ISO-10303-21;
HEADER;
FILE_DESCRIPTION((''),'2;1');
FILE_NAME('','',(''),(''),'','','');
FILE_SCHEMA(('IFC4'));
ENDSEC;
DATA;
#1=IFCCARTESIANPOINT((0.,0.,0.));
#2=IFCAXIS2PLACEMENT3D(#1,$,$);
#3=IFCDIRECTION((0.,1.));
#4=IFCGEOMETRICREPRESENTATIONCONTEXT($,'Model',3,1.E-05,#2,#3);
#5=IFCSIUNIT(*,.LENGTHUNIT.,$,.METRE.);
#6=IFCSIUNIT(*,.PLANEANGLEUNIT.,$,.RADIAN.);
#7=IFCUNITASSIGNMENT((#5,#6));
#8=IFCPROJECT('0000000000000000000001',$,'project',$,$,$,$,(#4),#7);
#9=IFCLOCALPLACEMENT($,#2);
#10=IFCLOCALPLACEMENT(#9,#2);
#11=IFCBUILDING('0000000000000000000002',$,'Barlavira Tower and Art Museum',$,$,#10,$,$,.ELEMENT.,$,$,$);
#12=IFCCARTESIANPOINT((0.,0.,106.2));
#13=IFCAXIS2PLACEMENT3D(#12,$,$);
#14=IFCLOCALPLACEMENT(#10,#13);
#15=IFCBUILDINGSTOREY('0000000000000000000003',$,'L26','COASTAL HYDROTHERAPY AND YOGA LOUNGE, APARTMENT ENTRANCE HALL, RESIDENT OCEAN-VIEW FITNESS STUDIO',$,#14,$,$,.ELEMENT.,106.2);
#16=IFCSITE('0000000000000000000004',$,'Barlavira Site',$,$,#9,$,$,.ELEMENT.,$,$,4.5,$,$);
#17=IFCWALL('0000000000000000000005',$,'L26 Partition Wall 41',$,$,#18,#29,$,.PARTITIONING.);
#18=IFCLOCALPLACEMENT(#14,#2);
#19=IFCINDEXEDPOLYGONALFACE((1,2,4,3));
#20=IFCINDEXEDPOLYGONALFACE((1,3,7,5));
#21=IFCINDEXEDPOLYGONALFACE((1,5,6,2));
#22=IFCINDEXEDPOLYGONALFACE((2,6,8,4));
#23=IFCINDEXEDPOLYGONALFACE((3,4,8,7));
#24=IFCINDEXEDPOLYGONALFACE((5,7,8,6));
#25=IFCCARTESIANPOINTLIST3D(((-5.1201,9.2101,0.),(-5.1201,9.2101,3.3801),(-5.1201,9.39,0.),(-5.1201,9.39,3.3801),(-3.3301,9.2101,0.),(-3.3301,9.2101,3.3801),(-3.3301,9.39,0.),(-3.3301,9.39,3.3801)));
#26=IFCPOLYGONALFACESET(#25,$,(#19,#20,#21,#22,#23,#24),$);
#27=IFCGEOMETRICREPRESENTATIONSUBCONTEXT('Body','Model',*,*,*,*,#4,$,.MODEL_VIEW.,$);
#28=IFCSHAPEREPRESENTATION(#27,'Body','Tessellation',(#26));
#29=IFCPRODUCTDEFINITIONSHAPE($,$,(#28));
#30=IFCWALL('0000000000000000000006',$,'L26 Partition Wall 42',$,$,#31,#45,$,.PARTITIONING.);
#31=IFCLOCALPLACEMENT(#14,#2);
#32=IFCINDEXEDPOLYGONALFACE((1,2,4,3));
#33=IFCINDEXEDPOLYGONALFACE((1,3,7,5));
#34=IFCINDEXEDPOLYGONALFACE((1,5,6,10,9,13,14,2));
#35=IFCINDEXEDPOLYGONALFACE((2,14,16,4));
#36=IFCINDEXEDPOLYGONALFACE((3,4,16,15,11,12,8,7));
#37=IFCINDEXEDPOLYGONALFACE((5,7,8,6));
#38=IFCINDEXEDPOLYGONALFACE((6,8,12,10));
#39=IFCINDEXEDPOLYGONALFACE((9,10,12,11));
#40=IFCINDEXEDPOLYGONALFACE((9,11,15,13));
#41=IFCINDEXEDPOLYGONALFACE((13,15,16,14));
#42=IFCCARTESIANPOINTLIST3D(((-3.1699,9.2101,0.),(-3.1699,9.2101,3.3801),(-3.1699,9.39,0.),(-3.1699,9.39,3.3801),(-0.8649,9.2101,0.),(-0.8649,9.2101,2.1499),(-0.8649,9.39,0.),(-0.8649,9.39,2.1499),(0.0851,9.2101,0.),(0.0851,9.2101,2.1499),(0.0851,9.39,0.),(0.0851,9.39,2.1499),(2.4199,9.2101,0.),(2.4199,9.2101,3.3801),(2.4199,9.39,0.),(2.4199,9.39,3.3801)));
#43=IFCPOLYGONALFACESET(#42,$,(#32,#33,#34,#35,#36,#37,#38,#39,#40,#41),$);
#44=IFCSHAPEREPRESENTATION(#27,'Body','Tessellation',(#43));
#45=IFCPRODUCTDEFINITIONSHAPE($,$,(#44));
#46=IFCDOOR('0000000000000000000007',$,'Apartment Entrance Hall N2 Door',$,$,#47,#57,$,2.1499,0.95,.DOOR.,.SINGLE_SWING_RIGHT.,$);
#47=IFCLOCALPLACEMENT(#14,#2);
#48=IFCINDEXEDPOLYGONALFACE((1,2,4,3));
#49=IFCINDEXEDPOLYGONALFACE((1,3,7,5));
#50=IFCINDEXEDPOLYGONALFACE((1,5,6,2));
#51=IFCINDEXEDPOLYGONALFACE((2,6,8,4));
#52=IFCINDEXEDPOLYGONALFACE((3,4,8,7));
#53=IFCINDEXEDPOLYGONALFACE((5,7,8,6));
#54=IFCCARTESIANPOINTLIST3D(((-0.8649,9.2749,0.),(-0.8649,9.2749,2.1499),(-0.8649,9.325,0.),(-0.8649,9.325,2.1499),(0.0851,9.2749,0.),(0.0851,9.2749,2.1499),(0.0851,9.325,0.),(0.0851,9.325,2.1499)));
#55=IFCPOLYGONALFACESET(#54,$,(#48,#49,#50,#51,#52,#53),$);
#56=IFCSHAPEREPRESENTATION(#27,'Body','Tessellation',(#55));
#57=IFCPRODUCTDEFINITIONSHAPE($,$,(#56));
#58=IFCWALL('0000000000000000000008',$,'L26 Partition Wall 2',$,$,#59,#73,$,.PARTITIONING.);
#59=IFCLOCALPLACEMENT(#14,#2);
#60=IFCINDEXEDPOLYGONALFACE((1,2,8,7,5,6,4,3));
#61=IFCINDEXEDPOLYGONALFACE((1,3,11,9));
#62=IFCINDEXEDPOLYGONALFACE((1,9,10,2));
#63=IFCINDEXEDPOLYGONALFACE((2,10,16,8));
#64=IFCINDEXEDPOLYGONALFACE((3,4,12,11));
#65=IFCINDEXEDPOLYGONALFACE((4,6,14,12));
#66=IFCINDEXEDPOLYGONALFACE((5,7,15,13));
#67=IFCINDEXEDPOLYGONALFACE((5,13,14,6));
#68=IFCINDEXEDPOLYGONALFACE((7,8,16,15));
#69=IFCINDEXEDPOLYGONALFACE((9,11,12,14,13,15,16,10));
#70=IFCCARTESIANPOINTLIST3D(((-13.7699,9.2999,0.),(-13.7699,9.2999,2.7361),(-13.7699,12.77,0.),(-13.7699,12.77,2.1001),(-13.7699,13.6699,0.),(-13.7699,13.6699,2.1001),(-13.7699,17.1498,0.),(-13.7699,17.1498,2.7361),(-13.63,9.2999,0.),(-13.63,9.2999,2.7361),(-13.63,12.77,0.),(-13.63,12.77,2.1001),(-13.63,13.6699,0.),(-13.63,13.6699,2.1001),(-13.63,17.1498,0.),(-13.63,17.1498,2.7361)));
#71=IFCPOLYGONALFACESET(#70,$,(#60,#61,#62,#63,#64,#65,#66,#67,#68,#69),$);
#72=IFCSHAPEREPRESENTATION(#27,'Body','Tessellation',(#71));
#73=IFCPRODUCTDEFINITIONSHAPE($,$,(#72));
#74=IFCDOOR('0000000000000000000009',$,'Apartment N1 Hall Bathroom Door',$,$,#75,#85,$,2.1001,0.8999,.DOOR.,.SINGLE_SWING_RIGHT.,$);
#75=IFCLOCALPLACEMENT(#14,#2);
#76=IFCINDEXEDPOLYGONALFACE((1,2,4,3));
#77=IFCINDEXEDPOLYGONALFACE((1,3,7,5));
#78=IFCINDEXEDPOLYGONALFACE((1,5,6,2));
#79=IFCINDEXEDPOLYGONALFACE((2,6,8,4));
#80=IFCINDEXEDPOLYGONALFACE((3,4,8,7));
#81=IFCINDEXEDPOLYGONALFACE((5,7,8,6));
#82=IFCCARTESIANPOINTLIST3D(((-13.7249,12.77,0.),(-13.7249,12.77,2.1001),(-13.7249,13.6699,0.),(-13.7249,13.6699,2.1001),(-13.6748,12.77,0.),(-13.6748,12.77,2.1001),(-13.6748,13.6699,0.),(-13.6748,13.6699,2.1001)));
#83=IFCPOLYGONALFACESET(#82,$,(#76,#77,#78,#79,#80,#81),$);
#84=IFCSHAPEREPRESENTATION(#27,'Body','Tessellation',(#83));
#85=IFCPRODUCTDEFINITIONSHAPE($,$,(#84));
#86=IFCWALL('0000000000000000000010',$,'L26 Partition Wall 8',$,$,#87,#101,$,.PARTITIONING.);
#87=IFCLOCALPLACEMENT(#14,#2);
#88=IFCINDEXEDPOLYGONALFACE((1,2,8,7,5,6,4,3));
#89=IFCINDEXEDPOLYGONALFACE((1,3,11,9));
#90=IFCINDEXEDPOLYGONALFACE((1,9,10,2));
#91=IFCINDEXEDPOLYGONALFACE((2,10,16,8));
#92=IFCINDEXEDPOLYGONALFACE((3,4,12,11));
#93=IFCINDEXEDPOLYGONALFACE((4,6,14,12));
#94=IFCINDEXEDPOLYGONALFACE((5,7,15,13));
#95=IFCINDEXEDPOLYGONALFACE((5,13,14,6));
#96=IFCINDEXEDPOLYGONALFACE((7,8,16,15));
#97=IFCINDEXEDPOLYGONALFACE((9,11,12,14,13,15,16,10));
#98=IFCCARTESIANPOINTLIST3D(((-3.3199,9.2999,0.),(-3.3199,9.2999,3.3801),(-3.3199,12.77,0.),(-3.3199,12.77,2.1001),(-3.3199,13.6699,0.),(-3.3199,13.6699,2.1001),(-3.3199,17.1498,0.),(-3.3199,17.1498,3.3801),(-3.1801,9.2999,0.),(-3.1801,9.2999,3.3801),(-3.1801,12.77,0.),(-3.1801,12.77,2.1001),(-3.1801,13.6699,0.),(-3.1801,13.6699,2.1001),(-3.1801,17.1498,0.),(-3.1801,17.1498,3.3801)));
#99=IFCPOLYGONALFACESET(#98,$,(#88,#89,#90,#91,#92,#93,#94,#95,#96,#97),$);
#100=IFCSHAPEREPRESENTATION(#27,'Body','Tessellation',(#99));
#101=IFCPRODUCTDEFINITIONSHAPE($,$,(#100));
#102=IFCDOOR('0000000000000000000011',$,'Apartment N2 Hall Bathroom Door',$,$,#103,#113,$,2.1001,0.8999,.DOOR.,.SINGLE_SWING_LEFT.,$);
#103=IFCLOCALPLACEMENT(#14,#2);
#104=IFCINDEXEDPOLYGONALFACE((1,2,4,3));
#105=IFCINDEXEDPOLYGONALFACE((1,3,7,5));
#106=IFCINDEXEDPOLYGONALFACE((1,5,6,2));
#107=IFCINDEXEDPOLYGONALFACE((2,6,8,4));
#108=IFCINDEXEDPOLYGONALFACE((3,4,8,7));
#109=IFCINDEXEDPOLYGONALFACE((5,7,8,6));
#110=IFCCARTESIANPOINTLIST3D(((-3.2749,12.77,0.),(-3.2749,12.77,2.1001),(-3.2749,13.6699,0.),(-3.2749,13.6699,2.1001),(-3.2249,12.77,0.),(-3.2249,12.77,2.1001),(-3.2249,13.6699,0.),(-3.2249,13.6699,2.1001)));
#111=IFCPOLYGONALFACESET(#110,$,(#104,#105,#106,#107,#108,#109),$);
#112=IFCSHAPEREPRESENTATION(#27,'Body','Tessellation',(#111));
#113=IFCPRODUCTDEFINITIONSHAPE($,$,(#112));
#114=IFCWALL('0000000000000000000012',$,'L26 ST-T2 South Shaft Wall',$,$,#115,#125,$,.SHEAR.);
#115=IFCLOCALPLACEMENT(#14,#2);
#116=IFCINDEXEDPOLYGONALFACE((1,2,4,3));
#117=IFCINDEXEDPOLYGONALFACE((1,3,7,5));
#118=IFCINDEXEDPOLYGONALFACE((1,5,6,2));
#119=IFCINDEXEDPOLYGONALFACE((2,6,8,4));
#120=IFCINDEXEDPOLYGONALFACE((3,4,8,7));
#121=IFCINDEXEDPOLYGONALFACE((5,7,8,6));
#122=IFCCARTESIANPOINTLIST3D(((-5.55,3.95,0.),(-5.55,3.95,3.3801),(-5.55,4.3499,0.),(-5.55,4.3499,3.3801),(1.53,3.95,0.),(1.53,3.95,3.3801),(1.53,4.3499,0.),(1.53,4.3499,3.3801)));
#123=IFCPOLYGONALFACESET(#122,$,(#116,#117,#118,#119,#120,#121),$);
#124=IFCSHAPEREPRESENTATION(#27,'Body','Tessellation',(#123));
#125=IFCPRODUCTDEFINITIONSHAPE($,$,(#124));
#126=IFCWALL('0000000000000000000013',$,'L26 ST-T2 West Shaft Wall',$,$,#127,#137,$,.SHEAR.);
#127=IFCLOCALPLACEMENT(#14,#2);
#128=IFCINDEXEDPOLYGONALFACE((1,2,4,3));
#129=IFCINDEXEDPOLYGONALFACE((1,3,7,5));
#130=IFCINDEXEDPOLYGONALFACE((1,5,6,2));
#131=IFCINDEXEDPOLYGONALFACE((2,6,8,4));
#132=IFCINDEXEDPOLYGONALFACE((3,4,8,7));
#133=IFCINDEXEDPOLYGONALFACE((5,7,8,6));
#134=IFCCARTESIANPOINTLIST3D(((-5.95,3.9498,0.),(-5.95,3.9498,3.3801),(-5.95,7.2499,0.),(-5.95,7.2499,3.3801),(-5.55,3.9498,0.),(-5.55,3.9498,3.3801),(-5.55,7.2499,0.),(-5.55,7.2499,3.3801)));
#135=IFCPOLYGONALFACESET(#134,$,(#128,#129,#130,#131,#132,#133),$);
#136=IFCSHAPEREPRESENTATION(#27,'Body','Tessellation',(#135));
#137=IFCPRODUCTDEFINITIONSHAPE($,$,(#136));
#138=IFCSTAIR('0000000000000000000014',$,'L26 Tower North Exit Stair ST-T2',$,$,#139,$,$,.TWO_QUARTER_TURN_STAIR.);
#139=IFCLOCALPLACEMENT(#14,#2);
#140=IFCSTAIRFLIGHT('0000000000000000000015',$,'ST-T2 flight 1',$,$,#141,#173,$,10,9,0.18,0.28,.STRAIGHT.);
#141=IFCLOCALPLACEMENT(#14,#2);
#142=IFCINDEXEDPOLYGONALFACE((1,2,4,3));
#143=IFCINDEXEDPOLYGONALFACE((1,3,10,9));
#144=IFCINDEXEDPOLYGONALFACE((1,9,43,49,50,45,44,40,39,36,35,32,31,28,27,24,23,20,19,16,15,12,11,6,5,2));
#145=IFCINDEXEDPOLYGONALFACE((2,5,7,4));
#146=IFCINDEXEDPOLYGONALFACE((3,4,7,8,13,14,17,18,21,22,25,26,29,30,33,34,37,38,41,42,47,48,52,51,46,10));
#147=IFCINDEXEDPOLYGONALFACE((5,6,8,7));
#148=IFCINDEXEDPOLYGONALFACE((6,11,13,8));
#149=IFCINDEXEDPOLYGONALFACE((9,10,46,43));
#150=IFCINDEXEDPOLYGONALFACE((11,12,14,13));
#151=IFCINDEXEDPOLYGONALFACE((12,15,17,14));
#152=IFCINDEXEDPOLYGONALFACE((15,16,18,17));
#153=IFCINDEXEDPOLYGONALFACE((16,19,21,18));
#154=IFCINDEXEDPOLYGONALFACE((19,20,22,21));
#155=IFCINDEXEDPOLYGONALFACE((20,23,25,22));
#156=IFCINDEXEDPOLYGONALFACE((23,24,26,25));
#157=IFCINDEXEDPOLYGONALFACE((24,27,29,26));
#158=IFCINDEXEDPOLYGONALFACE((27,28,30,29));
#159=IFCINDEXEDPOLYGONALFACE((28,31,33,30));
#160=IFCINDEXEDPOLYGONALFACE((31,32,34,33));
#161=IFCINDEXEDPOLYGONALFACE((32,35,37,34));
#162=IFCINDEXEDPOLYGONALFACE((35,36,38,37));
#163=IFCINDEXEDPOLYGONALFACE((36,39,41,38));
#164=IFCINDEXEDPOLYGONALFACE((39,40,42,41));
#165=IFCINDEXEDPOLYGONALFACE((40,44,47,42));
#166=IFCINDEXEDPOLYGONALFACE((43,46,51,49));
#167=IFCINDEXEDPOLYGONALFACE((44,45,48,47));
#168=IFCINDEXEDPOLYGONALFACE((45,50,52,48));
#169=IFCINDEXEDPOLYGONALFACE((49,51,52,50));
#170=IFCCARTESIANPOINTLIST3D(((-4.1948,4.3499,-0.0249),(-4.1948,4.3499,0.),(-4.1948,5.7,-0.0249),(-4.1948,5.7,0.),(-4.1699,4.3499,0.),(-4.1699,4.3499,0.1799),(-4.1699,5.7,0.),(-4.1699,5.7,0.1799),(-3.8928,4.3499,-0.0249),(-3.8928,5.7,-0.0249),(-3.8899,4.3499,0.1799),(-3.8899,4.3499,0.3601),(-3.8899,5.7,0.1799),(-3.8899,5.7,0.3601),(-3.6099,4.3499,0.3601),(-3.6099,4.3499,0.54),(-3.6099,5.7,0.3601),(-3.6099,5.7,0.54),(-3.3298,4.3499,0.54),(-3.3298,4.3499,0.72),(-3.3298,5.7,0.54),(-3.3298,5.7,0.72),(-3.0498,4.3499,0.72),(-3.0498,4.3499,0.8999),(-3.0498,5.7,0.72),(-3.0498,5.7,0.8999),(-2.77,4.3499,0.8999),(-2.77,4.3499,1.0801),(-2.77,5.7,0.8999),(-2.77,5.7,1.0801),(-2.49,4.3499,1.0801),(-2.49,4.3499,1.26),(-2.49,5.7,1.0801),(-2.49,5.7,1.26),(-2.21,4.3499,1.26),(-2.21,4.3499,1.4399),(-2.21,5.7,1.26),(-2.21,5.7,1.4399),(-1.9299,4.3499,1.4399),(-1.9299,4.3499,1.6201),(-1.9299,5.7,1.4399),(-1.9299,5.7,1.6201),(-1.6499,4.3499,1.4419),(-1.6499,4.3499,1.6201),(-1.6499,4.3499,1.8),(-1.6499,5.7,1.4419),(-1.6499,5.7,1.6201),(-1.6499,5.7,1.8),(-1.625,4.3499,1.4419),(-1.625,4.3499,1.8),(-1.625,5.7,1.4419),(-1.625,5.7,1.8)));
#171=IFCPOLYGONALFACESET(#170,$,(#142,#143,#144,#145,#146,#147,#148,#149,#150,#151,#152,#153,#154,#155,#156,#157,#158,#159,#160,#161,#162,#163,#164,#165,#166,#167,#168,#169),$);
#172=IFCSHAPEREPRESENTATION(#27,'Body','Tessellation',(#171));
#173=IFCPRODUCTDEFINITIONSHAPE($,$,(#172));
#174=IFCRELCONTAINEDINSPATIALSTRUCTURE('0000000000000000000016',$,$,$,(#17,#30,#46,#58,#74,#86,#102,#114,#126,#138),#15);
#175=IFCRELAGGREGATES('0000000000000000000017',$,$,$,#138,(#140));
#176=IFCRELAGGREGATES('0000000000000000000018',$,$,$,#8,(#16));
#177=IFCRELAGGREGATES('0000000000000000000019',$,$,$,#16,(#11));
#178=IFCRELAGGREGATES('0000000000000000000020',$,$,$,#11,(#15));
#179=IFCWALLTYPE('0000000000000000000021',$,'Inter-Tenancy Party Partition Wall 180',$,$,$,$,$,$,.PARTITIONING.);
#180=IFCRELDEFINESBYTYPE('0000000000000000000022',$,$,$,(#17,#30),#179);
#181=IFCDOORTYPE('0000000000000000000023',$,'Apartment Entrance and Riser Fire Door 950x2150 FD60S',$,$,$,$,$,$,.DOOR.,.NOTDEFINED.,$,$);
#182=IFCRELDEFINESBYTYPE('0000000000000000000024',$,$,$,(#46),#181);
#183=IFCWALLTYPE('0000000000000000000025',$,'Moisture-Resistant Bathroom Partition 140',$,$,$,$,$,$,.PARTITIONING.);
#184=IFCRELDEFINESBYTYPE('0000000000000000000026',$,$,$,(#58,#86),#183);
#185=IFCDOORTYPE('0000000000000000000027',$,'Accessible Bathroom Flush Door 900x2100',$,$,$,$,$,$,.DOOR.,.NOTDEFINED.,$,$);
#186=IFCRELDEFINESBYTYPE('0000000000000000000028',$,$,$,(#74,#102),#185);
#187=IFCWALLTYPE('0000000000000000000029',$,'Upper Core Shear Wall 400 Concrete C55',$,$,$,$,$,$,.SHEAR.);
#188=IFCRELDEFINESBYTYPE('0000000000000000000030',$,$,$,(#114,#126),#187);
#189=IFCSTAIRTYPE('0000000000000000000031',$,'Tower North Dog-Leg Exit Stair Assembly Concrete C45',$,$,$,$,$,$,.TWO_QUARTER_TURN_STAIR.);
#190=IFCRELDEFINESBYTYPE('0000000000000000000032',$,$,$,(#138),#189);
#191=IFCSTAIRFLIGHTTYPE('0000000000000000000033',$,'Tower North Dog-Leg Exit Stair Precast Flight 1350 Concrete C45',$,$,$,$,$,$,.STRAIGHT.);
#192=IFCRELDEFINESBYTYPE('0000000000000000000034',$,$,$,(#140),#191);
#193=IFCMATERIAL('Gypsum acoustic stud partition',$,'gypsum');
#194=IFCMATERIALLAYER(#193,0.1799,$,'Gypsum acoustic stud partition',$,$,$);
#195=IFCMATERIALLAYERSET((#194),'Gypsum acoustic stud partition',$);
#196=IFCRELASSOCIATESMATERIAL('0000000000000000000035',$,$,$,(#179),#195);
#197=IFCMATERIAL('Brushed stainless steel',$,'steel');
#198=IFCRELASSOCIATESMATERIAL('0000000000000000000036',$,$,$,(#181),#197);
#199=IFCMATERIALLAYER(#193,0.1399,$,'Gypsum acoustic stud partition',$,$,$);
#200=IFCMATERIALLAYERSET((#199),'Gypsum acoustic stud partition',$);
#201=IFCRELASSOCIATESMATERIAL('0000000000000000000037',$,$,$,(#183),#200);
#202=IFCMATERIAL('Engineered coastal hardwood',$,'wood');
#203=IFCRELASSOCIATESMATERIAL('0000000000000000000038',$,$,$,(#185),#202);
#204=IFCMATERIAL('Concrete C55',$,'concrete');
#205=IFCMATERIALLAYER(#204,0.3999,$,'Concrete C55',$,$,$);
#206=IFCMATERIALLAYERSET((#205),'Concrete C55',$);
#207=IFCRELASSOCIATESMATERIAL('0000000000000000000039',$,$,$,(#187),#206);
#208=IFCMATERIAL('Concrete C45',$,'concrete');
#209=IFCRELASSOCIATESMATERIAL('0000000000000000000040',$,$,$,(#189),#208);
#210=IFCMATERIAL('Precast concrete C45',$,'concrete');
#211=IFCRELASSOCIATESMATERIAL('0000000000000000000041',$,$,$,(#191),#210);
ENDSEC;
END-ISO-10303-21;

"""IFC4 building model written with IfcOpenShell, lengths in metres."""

from ifc_helpers import new_model, si_unit, direction, frame, frame_2d, origin, place, context, subcontext, project, spatial, polyline, rectangle, outline, extrude, material, layer, layer_set, type_object, element, fill, aggregate, save


model = new_model("IFC4")

# Units and contexts
model_context = context("Model", 3, precision=1e-05, world=origin(), true_north=direction((0.0, 1.0)))
body_context = subcontext(model_context, "Body", "Model", "MODEL_VIEW")
ifc_project = project(units=[si_unit("LENGTHUNIT", "METRE"), si_unit("PLANEANGLEUNIT", "RADIAN")], contexts=[model_context])

# Site, building, storey
site_placement = place(None, origin())
site = spatial("IfcSite", under=ifc_project, at=site_placement, Name="Barlavira Site", CompositionType="ELEMENT", RefElevation=4.5)
building_placement = place(site_placement, origin())
building = spatial("IfcBuilding", under=site, at=building_placement, Name="Barlavira Tower and Art Museum", CompositionType="ELEMENT")
storey_placement = place(building_placement, frame((0.0, 0.0, 106.2)))
storey = spatial("IfcBuildingStorey", under=building, at=storey_placement, Name="L26", Description="COASTAL HYDROTHERAPY AND YOGA LOUNGE, APARTMENT ENTRANCE HALL, RESIDENT OCEAN-VIEW FITNESS STUDIO", CompositionType="ELEMENT", Elevation=106.2)

# Shared definitions
ifc_material_1 = material(Name="Gypsum acoustic stud partition", Category="gypsum")
ifc_material_2 = material(Name="Engineered coastal hardwood", Category="wood")
ifc_material_3 = material(Name="Brushed stainless steel", Category="steel")

# Shared definitions
ifc_layer_1 = layer(ifc_material_1, 0.1799, Name="Gypsum acoustic stud partition")
ifc_layer_set_1 = layer_set([ifc_layer_1], Name="Gypsum acoustic stud partition")
wall_type_1 = type_object("IfcWallType", Name="Inter-Tenancy Party Partition Wall 180", PredefinedType="PARTITIONING", material=ifc_layer_set_1)

# Shared definitions
door_type_1 = type_object("IfcDoorType", Name="Apartment Entrance and Riser Fire Door 950x2150 FD60S", OperationType="NOTDEFINED", PredefinedType="DOOR", material=ifc_material_3)

# Wall
wall_1_placement = place(storey_placement, frame((-5.1201, 9.3, 0.0), z_axis=(0.0, 0.0, 1.0), x_axis=(1.0, 0.0, 0.0)))
element("IfcWall", 1, at=wall_1_placement, inside=storey, type_object=wall_type_1, Name="L26 Partition Wall 41", PredefinedType="PARTITIONING", context=body_context, shape_type="SweptSolid", body=[
    extrude(rectangle(XDim=1.79, YDim=0.1799, at=frame_2d((0.895, 0.0))), origin(), (0.0, 0.0, 1.0), 3.3801),
])

# Walls, openings, doors
wall_2_placement = place(storey_placement, frame((-3.1699, 9.3, 0.0), z_axis=(0.0, 0.0, 1.0), x_axis=(1.0, 0.0, 0.0)))
wall_2 = element("IfcWall", 2, at=wall_2_placement, inside=storey, type_object=wall_type_1, Name="L26 Partition Wall 42", PredefinedType="PARTITIONING", context=body_context, shape_type="SweptSolid", body=[
    extrude(rectangle(XDim=5.5898, YDim=0.1799, at=frame_2d((2.7949, 0.0))), origin(), (0.0, 0.0, 1.0), 3.3801),
])
opening_1_placement = place(wall_2_placement, frame((2.3049, 0.0, 0.0)))
opening_1 = element("IfcOpeningElement", 3, at=opening_1_placement, cuts=wall_2, PredefinedType="OPENING", context=body_context, shape_type="SweptSolid", body=[
    extrude(rectangle(XDim=0.95, YDim=2.1499, at=frame_2d((0.4751, 1.075))), frame((0.0, 0.1001, 0.0), z_axis=(0.0, -1.0, 0.0), x_axis=(1.0, 0.0, 0.0)), (0.0, 0.0, 1.0), 0.2),
])
door_1_placement = place(opening_1_placement, origin())
door_1 = element("IfcDoor", 4, at=door_1_placement, inside=storey, type_object=door_type_1, Name="Apartment Entrance Hall N2 Door", OperationType="SINGLE_SWING_RIGHT", OverallHeight=2.1499, OverallWidth=0.95, PredefinedType="DOOR", context=body_context, shape_type="SweptSolid", body=[
    extrude(rectangle(XDim=0.95, YDim=2.1499, at=frame_2d((0.4751, 1.075))), frame((0.0, 0.0249, 0.0), z_axis=(0.0, -1.0, 0.0), x_axis=(1.0, 0.0, 0.0)), (0.0, 0.0, 1.0), 0.05),
])
fill(opening_1, door_1)
ifc_layer_2 = layer(ifc_material_1, 0.1399, Name="Gypsum acoustic stud partition")
ifc_layer_set_2 = layer_set([ifc_layer_2], Name="Gypsum acoustic stud partition")
wall_type_2 = type_object("IfcWallType", Name="Moisture-Resistant Bathroom Partition 140", PredefinedType="PARTITIONING", material=ifc_layer_set_2)
wall_3_placement = place(storey_placement, frame((-13.7, 9.3, 0.0), z_axis=(0.0, 0.0, 1.0), x_axis=(0.0, 1.0, 0.0)))
wall_3 = element("IfcWall", 5, at=wall_3_placement, inside=storey, type_object=wall_type_2, Name="L26 Partition Wall 2", PredefinedType="PARTITIONING", context=body_context, shape_type="SweptSolid", body=[
    extrude(rectangle(XDim=7.8499, YDim=0.1399, at=frame_2d((3.9248, 0.0))), origin(), (0.0, 0.0, 1.0), 2.7361),
])
opening_2_placement = place(wall_3_placement, frame((3.47, 0.0, 0.0)))
opening_2 = element("IfcOpeningElement", 6, at=opening_2_placement, cuts=wall_3, PredefinedType="OPENING", context=body_context, shape_type="SweptSolid", body=[
    extrude(rectangle(XDim=0.8999, YDim=2.1001, at=frame_2d((0.45, 1.05))), frame((0.0, 0.0801, 0.0), z_axis=(0.0, -1.0, 0.0), x_axis=(1.0, 0.0, 0.0)), (0.0, 0.0, 1.0), 0.1599),
])
door_type_2 = type_object("IfcDoorType", Name="Accessible Bathroom Flush Door 900x2100", OperationType="NOTDEFINED", PredefinedType="DOOR", material=ifc_material_2)
door_2_placement = place(opening_2_placement, origin())
door_2 = element("IfcDoor", 7, at=door_2_placement, inside=storey, type_object=door_type_2, Name="Apartment N1 Hall Bathroom Door", OperationType="SINGLE_SWING_RIGHT", OverallHeight=2.1001, OverallWidth=0.8999, PredefinedType="DOOR", context=body_context, shape_type="SweptSolid", body=[
    extrude(rectangle(XDim=0.8999, YDim=2.1001, at=frame_2d((0.45, 1.05))), frame((0.0, 0.0249, 0.0), z_axis=(0.0, -1.0, 0.0), x_axis=(1.0, 0.0, 0.0)), (0.0, 0.0, 1.0), 0.05),
])
fill(opening_2, door_2)
wall_4_placement = place(storey_placement, frame((-3.25, 9.3, 0.0), z_axis=(0.0, 0.0, 1.0), x_axis=(0.0, 1.0, 0.0)))
wall_4 = element("IfcWall", 8, at=wall_4_placement, inside=storey, type_object=wall_type_2, Name="L26 Partition Wall 8", PredefinedType="PARTITIONING", context=body_context, shape_type="SweptSolid", body=[
    extrude(rectangle(XDim=7.8499, YDim=0.1399, at=frame_2d((3.9248, 0.0))), origin(), (0.0, 0.0, 1.0), 3.3801),
])
opening_3_placement = place(wall_4_placement, frame((3.47, 0.0, 0.0)))
opening_3 = element("IfcOpeningElement", 9, at=opening_3_placement, cuts=wall_4, PredefinedType="OPENING", context=body_context, shape_type="SweptSolid", body=[
    extrude(rectangle(XDim=0.8999, YDim=2.1001, at=frame_2d((0.45, 1.05))), frame((0.0, 0.0801, 0.0), z_axis=(0.0, -1.0, 0.0), x_axis=(1.0, 0.0, 0.0)), (0.0, 0.0, 1.0), 0.1599),
])
door_3_placement = place(opening_3_placement, origin())
door_3 = element("IfcDoor", 10, at=door_3_placement, inside=storey, type_object=door_type_2, Name="Apartment N2 Hall Bathroom Door", OperationType="SINGLE_SWING_LEFT", OverallHeight=2.1001, OverallWidth=0.8999, PredefinedType="DOOR", context=body_context, shape_type="SweptSolid", body=[
    extrude(rectangle(XDim=0.8999, YDim=2.1001, at=frame_2d((0.45, 1.05))), frame((0.0, 0.0249, 0.0), z_axis=(0.0, -1.0, 0.0), x_axis=(1.0, 0.0, 0.0)), (0.0, 0.0, 1.0), 0.05),
])
fill(opening_3, door_3)

# Walls
ifc_material_4 = material(Name="Concrete C55", Category="concrete")
ifc_layer_3 = layer(ifc_material_4, 0.3999, Name="Concrete C55")
ifc_layer_set_3 = layer_set([ifc_layer_3], Name="Concrete C55")
wall_type_3 = type_object("IfcWallType", Name="Upper Core Shear Wall 400 Concrete C55", PredefinedType="SHEAR", material=ifc_layer_set_3)
wall_5_placement = place(storey_placement, frame((-5.55, 4.1499, 0.0), z_axis=(0.0, 0.0, 1.0), x_axis=(1.0, 0.0, 0.0)))
element("IfcWall", 11, at=wall_5_placement, inside=storey, type_object=wall_type_3, Name="L26 ST-T2 South Shaft Wall", PredefinedType="SHEAR", context=body_context, shape_type="SweptSolid", body=[
    extrude(rectangle(XDim=7.0801, YDim=0.3999, at=frame_2d((3.54, 0.0))), origin(), (0.0, 0.0, 1.0), 3.3801),
])
wall_6_placement = place(storey_placement, frame((-5.75, 3.95, 0.0), z_axis=(0.0, 0.0, 1.0), x_axis=(0.0, 1.0, 0.0)))
element("IfcWall", 12, at=wall_6_placement, inside=storey, type_object=wall_type_3, Name="L26 ST-T2 West Shaft Wall", PredefinedType="SHEAR", context=body_context, shape_type="SweptSolid", body=[
    extrude(rectangle(XDim=3.3, YDim=0.3999, at=frame_2d((1.6499, 0.0))), origin(), (0.0, 0.0, 1.0), 3.3801),
])

# Stair, stair flight
ifc_material_5 = material(Name="Concrete C45", Category="concrete")
stair_type = type_object("IfcStairType", Name="Tower North Dog-Leg Exit Stair Assembly Concrete C45", PredefinedType="TWO_QUARTER_TURN_STAIR", material=ifc_material_5)
stair_placement = place(storey_placement, origin())
stair = element("IfcStair", 13, at=stair_placement, inside=storey, type_object=stair_type, Name="L26 Tower North Exit Stair ST-T2", PredefinedType="TWO_QUARTER_TURN_STAIR")
ifc_material_6 = material(Name="Precast concrete C45", Category="concrete")
stair_flight_type = type_object("IfcStairFlightType", Name="Tower North Dog-Leg Exit Stair Precast Flight 1350 Concrete C45", PredefinedType="STRAIGHT", material=ifc_material_6)
stair_flight_placement = place(storey_placement, frame((-4.1699, 5.0249, 0.0), z_axis=(0.0, 0.0, 1.0), x_axis=(1.0, 0.0, 0.0)))
stair_flight = element("IfcStairFlight", 14, at=stair_flight_placement, type_object=stair_flight_type, Name="ST-T2 flight 1", NumberOfRisers=10, NumberOfTreads=9, PredefinedType="STRAIGHT", RiserHeight=0.18, TreadLength=0.28, context=body_context, shape_type="SweptSolid", body=[
    extrude(outline(polyline([(-0.0249, 0.0), (0.0, 0.0), (0.0, 0.1799), (0.28, 0.1799), (0.28, 0.3601), (0.5601, 0.3601), (0.5601, 0.54), (0.8401, 0.54), (0.8401, 0.72), (1.1201, 0.72), (1.1201, 0.8999), (1.3999, 0.8999), (1.3999, 1.0801), (1.6799, 1.0801), (1.6799, 1.26), (1.96, 1.26), (1.96, 1.4399), (2.24, 1.4399), (2.24, 1.6201), (2.52, 1.6201), (2.52, 1.8), (2.5449, 1.8), (2.5449, 1.4419), (2.52, 1.4419), (0.2771, -0.0249), (-0.0249, -0.0249), (-0.0249, 0.0)])), frame((0.0, 0.675, 0.0), z_axis=(0.0, -1.0, 0.0), x_axis=(1.0, 0.0, 0.0)), (0.0, 0.0, 1.0), 1.3501),
])
aggregate(stair, [stair_flight])

save(model, "model.ifc")
